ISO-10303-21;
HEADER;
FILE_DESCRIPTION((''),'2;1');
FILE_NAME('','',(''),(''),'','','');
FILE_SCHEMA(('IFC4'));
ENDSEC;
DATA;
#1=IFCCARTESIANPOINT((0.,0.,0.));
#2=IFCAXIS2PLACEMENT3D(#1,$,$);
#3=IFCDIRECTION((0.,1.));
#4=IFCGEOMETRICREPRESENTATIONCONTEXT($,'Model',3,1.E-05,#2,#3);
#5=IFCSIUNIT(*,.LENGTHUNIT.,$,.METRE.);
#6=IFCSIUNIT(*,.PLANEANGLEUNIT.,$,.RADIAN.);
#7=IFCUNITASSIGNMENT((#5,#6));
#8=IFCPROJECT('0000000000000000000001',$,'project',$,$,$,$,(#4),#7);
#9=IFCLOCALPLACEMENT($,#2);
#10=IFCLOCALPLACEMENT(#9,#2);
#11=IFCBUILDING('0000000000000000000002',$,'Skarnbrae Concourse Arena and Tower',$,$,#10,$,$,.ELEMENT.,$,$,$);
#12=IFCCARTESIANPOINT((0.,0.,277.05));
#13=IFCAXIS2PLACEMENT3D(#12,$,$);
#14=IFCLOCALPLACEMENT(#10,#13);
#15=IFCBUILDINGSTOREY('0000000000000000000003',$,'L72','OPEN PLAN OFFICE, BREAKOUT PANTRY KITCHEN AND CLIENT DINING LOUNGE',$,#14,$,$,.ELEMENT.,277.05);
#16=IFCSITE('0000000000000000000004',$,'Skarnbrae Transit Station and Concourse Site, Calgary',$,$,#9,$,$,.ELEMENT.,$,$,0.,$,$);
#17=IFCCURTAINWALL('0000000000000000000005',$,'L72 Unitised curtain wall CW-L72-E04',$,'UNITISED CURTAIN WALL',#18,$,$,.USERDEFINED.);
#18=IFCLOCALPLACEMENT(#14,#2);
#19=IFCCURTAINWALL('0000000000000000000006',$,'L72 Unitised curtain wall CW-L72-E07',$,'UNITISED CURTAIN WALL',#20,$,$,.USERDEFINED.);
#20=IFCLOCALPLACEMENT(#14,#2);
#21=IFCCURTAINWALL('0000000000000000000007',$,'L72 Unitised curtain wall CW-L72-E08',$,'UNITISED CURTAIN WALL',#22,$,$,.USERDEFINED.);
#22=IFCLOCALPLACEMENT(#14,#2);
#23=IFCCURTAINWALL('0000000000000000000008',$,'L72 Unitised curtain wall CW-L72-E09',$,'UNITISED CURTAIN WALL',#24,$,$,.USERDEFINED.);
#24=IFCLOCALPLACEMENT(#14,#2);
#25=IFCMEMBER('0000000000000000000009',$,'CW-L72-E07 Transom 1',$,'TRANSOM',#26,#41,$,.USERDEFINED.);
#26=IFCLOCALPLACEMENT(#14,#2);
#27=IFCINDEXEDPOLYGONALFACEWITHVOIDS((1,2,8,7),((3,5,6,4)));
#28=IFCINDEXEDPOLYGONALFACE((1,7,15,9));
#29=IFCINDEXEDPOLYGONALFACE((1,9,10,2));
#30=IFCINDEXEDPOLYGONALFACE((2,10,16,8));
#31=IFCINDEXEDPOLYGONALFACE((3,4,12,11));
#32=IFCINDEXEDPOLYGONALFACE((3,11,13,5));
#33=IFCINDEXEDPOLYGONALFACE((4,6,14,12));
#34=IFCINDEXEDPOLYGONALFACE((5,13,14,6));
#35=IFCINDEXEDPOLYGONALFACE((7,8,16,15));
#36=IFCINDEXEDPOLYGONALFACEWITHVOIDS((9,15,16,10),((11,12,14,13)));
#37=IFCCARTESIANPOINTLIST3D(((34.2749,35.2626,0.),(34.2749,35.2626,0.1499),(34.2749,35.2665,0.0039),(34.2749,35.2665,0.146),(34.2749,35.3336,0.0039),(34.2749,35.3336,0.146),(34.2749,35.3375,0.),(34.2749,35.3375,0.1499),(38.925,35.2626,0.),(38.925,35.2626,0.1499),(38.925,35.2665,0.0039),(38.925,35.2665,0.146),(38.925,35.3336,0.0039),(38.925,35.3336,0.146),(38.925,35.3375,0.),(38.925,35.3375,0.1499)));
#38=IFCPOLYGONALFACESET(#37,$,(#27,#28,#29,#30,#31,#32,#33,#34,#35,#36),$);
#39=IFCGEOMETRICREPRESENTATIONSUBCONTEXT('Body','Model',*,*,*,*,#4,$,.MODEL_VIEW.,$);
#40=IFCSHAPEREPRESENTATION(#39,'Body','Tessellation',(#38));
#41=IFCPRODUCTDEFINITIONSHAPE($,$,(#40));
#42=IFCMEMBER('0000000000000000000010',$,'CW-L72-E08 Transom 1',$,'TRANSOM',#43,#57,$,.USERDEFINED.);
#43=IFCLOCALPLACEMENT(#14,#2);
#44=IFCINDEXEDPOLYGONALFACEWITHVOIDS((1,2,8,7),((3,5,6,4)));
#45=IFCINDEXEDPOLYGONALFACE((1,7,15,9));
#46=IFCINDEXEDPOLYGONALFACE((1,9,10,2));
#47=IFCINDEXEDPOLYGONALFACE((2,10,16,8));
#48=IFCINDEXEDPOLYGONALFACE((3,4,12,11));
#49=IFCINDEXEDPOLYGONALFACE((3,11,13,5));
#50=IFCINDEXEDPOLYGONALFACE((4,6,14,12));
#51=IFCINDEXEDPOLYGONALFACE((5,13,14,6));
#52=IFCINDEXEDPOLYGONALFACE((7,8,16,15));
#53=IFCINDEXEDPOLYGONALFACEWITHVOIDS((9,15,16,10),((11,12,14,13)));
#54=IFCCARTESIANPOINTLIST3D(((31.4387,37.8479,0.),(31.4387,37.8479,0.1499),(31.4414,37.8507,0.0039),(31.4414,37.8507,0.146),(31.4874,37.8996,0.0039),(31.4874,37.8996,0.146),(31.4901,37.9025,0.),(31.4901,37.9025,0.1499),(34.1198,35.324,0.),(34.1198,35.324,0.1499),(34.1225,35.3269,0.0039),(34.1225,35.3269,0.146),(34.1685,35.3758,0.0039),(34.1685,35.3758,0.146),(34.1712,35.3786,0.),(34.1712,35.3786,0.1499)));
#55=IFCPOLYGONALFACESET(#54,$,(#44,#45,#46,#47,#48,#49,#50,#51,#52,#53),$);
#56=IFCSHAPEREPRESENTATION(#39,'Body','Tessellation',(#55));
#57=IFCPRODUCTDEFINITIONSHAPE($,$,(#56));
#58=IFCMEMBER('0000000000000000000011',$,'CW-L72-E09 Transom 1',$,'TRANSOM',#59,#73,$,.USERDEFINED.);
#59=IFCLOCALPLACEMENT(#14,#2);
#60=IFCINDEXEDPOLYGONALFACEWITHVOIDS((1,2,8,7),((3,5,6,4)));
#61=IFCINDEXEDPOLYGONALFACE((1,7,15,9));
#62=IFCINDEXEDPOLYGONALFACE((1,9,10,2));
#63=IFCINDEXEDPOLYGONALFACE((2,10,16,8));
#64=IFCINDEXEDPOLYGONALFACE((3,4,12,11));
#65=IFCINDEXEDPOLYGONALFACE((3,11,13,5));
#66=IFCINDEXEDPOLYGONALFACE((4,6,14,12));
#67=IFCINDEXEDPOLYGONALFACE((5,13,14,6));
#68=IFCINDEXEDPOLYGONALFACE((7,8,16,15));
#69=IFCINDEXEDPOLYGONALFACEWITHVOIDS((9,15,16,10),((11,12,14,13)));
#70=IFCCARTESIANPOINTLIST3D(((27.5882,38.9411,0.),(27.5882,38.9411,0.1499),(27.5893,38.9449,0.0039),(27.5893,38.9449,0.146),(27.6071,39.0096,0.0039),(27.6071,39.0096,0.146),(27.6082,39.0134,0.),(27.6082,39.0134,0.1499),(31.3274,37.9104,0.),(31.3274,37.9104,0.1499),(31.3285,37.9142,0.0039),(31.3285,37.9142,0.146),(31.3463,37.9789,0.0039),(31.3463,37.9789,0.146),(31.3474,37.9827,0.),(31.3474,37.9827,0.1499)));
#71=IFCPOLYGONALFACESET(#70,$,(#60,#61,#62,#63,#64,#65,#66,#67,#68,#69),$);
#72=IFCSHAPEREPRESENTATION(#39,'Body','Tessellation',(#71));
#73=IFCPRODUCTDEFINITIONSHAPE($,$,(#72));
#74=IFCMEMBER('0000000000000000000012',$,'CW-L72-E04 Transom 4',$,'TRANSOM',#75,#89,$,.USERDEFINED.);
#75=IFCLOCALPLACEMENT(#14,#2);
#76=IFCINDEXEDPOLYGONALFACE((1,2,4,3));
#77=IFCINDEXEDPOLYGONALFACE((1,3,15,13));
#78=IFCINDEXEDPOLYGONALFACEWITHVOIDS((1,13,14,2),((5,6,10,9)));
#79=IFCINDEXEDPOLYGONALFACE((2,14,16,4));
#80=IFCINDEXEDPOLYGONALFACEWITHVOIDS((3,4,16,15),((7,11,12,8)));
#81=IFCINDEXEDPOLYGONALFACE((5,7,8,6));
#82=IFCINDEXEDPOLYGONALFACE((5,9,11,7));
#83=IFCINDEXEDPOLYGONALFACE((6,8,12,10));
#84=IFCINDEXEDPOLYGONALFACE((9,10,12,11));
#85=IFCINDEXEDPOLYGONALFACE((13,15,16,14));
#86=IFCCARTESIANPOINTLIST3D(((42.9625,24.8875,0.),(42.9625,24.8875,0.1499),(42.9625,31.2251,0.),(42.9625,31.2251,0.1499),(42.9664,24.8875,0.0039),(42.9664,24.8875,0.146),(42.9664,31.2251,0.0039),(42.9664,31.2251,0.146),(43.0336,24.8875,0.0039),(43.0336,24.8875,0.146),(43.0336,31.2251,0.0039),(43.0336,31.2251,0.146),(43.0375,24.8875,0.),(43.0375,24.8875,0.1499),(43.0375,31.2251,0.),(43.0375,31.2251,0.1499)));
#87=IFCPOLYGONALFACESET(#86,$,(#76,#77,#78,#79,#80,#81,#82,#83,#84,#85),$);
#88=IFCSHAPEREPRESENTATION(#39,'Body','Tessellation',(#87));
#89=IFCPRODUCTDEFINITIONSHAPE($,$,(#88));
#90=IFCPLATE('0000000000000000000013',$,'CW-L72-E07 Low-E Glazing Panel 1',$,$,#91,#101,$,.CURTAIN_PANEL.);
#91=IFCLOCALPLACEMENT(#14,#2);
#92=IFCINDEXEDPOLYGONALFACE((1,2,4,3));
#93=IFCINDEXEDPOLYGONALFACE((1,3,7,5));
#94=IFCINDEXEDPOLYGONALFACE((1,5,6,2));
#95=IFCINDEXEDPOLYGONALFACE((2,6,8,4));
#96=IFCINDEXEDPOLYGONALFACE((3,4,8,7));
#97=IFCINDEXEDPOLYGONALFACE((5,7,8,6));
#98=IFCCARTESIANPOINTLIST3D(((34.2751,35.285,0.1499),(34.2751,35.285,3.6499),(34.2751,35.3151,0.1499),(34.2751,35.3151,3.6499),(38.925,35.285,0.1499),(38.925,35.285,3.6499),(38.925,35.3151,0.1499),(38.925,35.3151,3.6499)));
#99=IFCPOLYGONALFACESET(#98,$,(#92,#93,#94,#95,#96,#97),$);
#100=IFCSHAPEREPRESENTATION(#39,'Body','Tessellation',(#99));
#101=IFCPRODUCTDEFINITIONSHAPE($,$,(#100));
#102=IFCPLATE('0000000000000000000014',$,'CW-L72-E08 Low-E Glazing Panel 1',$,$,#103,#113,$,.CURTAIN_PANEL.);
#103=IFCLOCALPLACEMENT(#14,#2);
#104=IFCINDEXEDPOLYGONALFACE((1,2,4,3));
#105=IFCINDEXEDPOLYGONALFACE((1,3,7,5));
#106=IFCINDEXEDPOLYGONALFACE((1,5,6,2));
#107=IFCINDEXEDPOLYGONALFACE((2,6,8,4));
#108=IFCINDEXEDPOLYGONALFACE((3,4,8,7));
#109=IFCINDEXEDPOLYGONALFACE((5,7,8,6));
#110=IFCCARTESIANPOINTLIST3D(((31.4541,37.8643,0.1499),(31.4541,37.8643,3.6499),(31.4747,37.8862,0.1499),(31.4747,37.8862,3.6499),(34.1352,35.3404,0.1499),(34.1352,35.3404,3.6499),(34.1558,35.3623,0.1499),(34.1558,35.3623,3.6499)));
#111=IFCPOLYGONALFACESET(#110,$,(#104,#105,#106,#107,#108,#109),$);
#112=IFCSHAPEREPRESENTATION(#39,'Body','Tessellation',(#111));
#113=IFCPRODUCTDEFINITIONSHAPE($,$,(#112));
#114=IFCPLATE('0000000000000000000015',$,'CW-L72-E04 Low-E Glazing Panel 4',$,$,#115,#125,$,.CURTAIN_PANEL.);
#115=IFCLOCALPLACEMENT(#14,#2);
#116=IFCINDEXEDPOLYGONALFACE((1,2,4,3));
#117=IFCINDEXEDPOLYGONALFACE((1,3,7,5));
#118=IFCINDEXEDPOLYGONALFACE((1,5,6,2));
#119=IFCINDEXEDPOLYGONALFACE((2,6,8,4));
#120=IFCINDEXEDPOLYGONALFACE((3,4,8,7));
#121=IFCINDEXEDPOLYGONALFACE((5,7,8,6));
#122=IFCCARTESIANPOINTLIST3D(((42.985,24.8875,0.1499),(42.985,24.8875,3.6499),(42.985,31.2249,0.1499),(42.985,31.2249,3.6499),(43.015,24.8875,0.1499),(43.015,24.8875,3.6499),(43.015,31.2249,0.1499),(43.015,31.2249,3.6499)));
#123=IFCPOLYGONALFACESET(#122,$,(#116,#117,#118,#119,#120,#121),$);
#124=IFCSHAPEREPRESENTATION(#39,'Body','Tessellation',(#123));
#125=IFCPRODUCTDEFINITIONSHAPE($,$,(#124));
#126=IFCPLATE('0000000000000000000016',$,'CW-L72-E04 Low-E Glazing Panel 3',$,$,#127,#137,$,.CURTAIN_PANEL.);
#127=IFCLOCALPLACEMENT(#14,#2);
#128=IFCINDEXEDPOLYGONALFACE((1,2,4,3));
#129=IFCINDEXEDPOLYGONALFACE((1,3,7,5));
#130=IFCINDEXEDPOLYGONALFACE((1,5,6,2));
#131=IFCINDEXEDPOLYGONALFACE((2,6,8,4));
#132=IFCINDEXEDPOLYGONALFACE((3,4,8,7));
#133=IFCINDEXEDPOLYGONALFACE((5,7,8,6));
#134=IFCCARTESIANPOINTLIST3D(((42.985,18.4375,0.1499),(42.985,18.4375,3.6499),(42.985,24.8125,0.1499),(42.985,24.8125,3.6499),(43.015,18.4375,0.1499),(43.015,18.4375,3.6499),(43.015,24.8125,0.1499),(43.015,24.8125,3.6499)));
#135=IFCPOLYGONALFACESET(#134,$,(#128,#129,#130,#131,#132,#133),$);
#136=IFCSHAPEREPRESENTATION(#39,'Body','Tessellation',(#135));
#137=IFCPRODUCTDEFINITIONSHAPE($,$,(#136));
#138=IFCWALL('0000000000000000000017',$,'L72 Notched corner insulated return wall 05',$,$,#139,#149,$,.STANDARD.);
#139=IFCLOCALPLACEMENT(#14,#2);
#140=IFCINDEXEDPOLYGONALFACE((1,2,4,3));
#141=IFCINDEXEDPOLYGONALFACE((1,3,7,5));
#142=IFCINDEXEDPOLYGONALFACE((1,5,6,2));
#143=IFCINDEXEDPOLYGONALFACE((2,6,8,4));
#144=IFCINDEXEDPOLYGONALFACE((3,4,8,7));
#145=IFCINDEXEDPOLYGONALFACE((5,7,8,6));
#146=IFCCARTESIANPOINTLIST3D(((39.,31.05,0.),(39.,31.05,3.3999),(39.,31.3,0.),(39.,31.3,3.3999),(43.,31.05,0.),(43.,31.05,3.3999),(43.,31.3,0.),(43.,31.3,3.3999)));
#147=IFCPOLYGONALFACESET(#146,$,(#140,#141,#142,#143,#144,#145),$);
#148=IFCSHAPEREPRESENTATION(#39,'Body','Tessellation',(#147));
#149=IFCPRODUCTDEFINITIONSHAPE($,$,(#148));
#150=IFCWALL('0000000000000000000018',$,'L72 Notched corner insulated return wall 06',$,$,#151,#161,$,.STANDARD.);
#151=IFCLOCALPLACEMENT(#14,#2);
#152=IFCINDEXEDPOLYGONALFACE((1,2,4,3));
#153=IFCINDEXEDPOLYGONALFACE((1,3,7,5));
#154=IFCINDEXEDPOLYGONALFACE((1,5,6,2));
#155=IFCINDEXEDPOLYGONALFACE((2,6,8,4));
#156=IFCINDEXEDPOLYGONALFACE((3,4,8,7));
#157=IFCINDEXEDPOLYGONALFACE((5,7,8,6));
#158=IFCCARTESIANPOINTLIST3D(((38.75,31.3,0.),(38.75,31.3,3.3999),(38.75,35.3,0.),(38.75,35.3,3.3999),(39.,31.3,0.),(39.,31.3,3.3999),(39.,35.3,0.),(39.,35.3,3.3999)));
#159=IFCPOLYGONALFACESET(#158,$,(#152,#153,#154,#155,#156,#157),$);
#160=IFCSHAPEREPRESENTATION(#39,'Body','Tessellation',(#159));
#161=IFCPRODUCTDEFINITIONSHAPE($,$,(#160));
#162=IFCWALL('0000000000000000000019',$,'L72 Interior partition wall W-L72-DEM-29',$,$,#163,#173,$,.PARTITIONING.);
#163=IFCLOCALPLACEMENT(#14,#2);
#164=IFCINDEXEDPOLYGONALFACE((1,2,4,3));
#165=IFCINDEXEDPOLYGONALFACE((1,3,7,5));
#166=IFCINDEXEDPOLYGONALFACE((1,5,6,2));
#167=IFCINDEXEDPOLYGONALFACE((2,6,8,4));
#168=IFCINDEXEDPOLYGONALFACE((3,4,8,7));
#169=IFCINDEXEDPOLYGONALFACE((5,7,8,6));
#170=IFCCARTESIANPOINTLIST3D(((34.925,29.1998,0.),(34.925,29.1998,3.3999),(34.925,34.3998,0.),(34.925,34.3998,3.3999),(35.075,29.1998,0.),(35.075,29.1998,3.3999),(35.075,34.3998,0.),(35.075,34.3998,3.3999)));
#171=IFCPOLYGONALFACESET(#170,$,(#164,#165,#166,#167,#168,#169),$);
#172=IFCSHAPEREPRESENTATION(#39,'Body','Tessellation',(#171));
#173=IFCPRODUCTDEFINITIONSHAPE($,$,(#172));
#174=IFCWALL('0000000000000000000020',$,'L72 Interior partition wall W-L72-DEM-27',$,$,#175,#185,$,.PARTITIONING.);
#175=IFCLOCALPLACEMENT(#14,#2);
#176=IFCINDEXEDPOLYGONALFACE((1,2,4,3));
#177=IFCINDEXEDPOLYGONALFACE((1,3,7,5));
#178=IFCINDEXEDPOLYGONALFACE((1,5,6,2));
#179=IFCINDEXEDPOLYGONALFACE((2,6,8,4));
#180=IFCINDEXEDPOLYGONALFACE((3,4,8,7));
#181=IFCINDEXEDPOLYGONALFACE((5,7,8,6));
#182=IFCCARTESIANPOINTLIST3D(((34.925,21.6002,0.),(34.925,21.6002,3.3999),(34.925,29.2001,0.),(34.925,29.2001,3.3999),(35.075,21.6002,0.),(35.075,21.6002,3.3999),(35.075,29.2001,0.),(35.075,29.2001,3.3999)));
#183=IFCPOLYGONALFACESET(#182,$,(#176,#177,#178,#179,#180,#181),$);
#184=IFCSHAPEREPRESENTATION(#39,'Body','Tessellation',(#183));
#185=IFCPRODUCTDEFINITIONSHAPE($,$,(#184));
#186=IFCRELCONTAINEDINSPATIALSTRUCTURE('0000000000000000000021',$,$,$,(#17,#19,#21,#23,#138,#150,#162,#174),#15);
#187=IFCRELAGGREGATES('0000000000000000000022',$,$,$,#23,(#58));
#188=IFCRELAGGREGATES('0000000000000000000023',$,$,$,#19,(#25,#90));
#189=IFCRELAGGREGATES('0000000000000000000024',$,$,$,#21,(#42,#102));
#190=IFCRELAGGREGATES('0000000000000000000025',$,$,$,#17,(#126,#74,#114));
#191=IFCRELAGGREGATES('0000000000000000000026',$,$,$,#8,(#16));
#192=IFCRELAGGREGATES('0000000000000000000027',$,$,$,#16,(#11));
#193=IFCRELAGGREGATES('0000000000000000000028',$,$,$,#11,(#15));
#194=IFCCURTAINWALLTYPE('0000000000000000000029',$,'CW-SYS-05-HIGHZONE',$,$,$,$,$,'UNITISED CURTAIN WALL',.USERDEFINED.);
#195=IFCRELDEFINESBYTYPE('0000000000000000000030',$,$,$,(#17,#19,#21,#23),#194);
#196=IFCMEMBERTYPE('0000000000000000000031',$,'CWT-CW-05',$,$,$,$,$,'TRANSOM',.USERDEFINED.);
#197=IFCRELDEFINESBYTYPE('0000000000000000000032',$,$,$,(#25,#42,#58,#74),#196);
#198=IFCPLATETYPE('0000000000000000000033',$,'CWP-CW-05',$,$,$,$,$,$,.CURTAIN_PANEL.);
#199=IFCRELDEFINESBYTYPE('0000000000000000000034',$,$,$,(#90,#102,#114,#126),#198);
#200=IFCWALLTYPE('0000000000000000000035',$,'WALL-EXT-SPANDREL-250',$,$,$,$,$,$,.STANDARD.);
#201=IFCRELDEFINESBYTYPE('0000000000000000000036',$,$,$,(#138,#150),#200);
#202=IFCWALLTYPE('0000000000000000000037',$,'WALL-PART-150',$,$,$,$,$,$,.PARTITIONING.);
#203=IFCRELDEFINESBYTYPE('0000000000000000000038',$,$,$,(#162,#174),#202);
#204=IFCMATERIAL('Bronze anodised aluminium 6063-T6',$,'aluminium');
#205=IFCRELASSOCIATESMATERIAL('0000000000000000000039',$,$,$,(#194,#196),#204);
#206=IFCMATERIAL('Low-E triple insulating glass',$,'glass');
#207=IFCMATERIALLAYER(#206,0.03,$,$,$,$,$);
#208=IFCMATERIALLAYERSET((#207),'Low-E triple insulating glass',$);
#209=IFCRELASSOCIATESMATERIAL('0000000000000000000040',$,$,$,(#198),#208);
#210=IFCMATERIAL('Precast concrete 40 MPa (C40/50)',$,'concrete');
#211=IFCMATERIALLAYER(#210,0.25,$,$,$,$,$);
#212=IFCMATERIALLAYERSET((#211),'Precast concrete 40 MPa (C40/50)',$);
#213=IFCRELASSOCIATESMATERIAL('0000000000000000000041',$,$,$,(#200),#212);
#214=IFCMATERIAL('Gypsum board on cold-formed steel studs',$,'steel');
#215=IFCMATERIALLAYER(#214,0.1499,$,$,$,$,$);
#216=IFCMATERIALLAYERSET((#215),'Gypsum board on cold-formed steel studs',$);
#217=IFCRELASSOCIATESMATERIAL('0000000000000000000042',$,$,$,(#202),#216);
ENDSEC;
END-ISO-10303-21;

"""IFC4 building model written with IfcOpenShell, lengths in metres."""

from ifc_helpers import new_model, si_unit, direction, frame, frame_2d, origin, origin_2d, place, context, subcontext, project, spatial, rectangle, hollow_rectangle, extrude, source, transform, mapped, material, layer, layer_set, material_profile, profile_set, type_object, element, aggregate, save


model = new_model("IFC4")

# Units and contexts
model_context = context("Model", 3, precision=1e-05, world=origin(), true_north=direction((0.0, 1.0)))
body_context = subcontext(model_context, "Body", "Model", "MODEL_VIEW")
ifc_project = project(units=[si_unit("LENGTHUNIT", "METRE"), si_unit("PLANEANGLEUNIT", "RADIAN")], contexts=[model_context])

# Site, building, storey
site_placement = place(None, origin())
site = spatial("IfcSite", under=ifc_project, at=site_placement, Name="Skarnbrae Transit Station and Concourse Site, Calgary", CompositionType="ELEMENT", RefElevation=0.0)
building_placement = place(site_placement, origin())
building = spatial("IfcBuilding", under=site, at=building_placement, Name="Skarnbrae Concourse Arena and Tower", CompositionType="ELEMENT")
storey_placement = place(building_placement, frame((0.0, 0.0, 277.05)))
storey = spatial("IfcBuildingStorey", under=building, at=storey_placement, Name="L72", Description="OPEN PLAN OFFICE, BREAKOUT PANTRY KITCHEN AND CLIENT DINING LOUNGE", CompositionType="ELEMENT", Elevation=277.05)

# Curtain walls
ifc_material_1 = material(Name="Bronze anodised aluminium 6063-T6", Category="aluminium")
curtain_wall_type = type_object("IfcCurtainWallType", Name="CW-SYS-05-HIGHZONE", ElementType="UNITISED CURTAIN WALL", PredefinedType="USERDEFINED", material=ifc_material_1)
curtain_wall_1_placement = place(storey_placement, origin())
curtain_wall_1 = element("IfcCurtainWall", 1, at=curtain_wall_1_placement, inside=storey, type_object=curtain_wall_type, Name="L72 Unitised curtain wall CW-L72-E04", ObjectType="UNITISED CURTAIN WALL", PredefinedType="USERDEFINED")
curtain_wall_2_placement = place(storey_placement, origin())
curtain_wall_2 = element("IfcCurtainWall", 2, at=curtain_wall_2_placement, inside=storey, type_object=curtain_wall_type, Name="L72 Unitised curtain wall CW-L72-E07", ObjectType="UNITISED CURTAIN WALL", PredefinedType="USERDEFINED")
curtain_wall_3_placement = place(storey_placement, origin())
curtain_wall_3 = element("IfcCurtainWall", 3, at=curtain_wall_3_placement, inside=storey, type_object=curtain_wall_type, Name="L72 Unitised curtain wall CW-L72-E08", ObjectType="UNITISED CURTAIN WALL", PredefinedType="USERDEFINED")

# Curtain wall
curtain_wall_4_placement = place(storey_placement, origin())
curtain_wall_4 = element("IfcCurtainWall", 4, at=curtain_wall_4_placement, inside=storey, type_object=curtain_wall_type, Name="L72 Unitised curtain wall CW-L72-E09", ObjectType="UNITISED CURTAIN WALL", PredefinedType="USERDEFINED")

# Members
ifc_material_profile_1 = material_profile(ifc_material_1, hollow_rectangle(XDim=0.075, YDim=0.1499, WallThickness=0.0039, at=origin_2d()), Name="ALU-TRAN-75X150")
ifc_profile_set_1 = profile_set([ifc_material_profile_1], Name="Bronze anodised aluminium 6063-T6")
member_type_1 = type_object("IfcMemberType", Name="CWT-CW-05", ElementType="TRANSOM", PredefinedType="USERDEFINED", material=ifc_profile_set_1)
shared_shape_1 = source(origin(), body_context, "Body", "SweptSolid", [
    extrude(hollow_rectangle(XDim=0.075, YDim=0.1499, WallThickness=0.0039, at=origin_2d()), origin(), (0.0, 0.0, 1.0), 4.6501),
])
member_1_placement = place(storey_placement, frame((38.925, 35.3, 0.075), z_axis=(-1.0, 0.0, 0.0), x_axis=(0.0, -1.0, 0.0)))
member_1 = element("IfcMember", 5, at=member_1_placement, type_object=member_type_1, Name="CW-L72-E07 Transom 1", ObjectType="TRANSOM", PredefinedType="USERDEFINED", context=body_context, shape_type="MappedRepresentation", body=[
    mapped(shared_shape_1, transform((0.0, 0.0, 0.0))),
])
shared_shape_2 = source(origin(), body_context, "Body", "SweptSolid", [
    extrude(hollow_rectangle(XDim=0.075, YDim=0.1499, WallThickness=0.0039, at=origin_2d()), origin(), (0.0, 0.0, 1.0), 3.6821),
])
member_2_placement = place(storey_placement, frame((34.1455, 35.3513, 0.075), z_axis=(-0.728134, 0.685435, 0.0), x_axis=(-0.685435, -0.728134, 0.0)))
member_2 = element("IfcMember", 6, at=member_2_placement, type_object=member_type_1, Name="CW-L72-E08 Transom 1", ObjectType="TRANSOM", PredefinedType="USERDEFINED", context=body_context, shape_type="MappedRepresentation", body=[
    mapped(shared_shape_2, transform((0.0, 0.0, 0.0))),
])
shared_shape_3 = source(origin(), body_context, "Body", "SweptSolid", [
    extrude(hollow_rectangle(XDim=0.075, YDim=0.1499, WallThickness=0.0039, at=origin_2d()), origin(), (0.0, 0.0, 1.0), 3.8787),
])
member_3_placement = place(storey_placement, frame((31.3374, 37.9465, 0.075), z_axis=(-0.964043, 0.265747, 0.0), x_axis=(-0.265747, -0.964043, 0.0)))
member_3 = element("IfcMember", 7, at=member_3_placement, type_object=member_type_1, Name="CW-L72-E09 Transom 1", ObjectType="TRANSOM", PredefinedType="USERDEFINED", context=body_context, shape_type="MappedRepresentation", body=[
    mapped(shared_shape_3, transform((0.0, 0.0, 0.0))),
])
aggregate(curtain_wall_4, [member_3])
shared_shape_4 = source(origin(), body_context, "Body", "SweptSolid", [
    extrude(hollow_rectangle(XDim=0.075, YDim=0.1499, WallThickness=0.0039, at=origin_2d()), origin(), (0.0, 0.0, 1.0), 6.3376),
])
member_4_placement = place(storey_placement, frame((43.0, 24.8875, 0.075), z_axis=(0.0, 1.0, 0.0), x_axis=(-1.0, 0.0, 0.0)))
member_4 = element("IfcMember", 8, at=member_4_placement, type_object=member_type_1, Name="CW-L72-E04 Transom 4", ObjectType="TRANSOM", PredefinedType="USERDEFINED", context=body_context, shape_type="MappedRepresentation", body=[
    mapped(shared_shape_4, transform((0.0, 0.0, 0.0))),
])

# Plates
ifc_material_2 = material(Name="Low-E triple insulating glass", Category="glass")
ifc_layer_1 = layer(ifc_material_2, 0.03)
ifc_layer_set_1 = layer_set([ifc_layer_1], Name="Low-E triple insulating glass")
plate_type = type_object("IfcPlateType", Name="CWP-CW-05", PredefinedType="CURTAIN_PANEL", material=ifc_layer_set_1)
shared_shape_5 = source(origin(), body_context, "Body", "SweptSolid", [
    extrude(rectangle(XDim=4.6499, YDim=0.03, at=origin_2d()), origin(), (0.0, 0.0, 1.0), 3.5),
])
plate_1_placement = place(storey_placement, frame((36.6001, 35.3, 0.1499), z_axis=(0.0, 0.0, 1.0), x_axis=(-1.0, 0.0, 0.0)))
plate_1 = element("IfcPlate", 9, at=plate_1_placement, type_object=plate_type, Name="CW-L72-E07 Low-E Glazing Panel 1", PredefinedType="CURTAIN_PANEL", context=body_context, shape_type="MappedRepresentation", body=[
    mapped(shared_shape_5, transform((0.0, 0.0, 0.0))),
])
aggregate(curtain_wall_2, [member_1, plate_1])
shared_shape_6 = source(origin(), body_context, "Body", "SweptSolid", [
    extrude(rectangle(XDim=3.6821, YDim=0.03, at=origin_2d()), origin(), (0.0, 0.0, 1.0), 3.5),
])
plate_2_placement = place(storey_placement, frame((32.8049, 36.6133, 0.1499), z_axis=(0.0, 0.0, 1.0), x_axis=(-0.728131, 0.685438, 0.0)))
plate_2 = element("IfcPlate", 10, at=plate_2_placement, type_object=plate_type, Name="CW-L72-E08 Low-E Glazing Panel 1", PredefinedType="CURTAIN_PANEL", context=body_context, shape_type="MappedRepresentation", body=[
    mapped(shared_shape_6, transform((0.0, 0.0, 0.0))),
])
aggregate(curtain_wall_3, [member_2, plate_2])
shared_shape_7 = source(origin(), body_context, "Body", "SweptSolid", [
    extrude(rectangle(XDim=6.3374, YDim=0.03, at=origin_2d()), origin(), (0.0, 0.0, 1.0), 3.5),
])
plate_3_placement = place(storey_placement, frame((43.0, 28.0562, 0.1499), z_axis=(0.0, 0.0, 1.0), x_axis=(0.0, 1.0, 0.0)))
plate_3 = element("IfcPlate", 11, at=plate_3_placement, type_object=plate_type, Name="CW-L72-E04 Low-E Glazing Panel 4", PredefinedType="CURTAIN_PANEL", context=body_context, shape_type="MappedRepresentation", body=[
    mapped(shared_shape_7, transform((0.0, 0.0, 0.0))),
])
shared_shape_8 = source(origin(), body_context, "Body", "SweptSolid", [
    extrude(rectangle(XDim=6.375, YDim=0.03, at=origin_2d()), origin(), (0.0, 0.0, 1.0), 3.5),
])
plate_4_placement = place(storey_placement, frame((43.0, 21.625, 0.1499), z_axis=(0.0, 0.0, 1.0), x_axis=(0.0, 1.0, 0.0)))
plate_4 = element("IfcPlate", 12, at=plate_4_placement, type_object=plate_type, Name="CW-L72-E04 Low-E Glazing Panel 3", PredefinedType="CURTAIN_PANEL", context=body_context, shape_type="MappedRepresentation", body=[
    mapped(shared_shape_8, transform((0.0, 0.0, 0.0))),
])
aggregate(curtain_wall_1, [plate_4, member_4, plate_3])

# Walls
ifc_material_3 = material(Name="Precast concrete 40 MPa (C40/50)", Category="concrete")
ifc_layer_2 = layer(ifc_material_3, 0.25)
ifc_layer_set_2 = layer_set([ifc_layer_2], Name="Precast concrete 40 MPa (C40/50)")
wall_type_1 = type_object("IfcWallType", Name="WALL-EXT-SPANDREL-250", PredefinedType="STANDARD", material=ifc_layer_set_2)
shared_shape_9 = source(origin(), body_context, "Body", "SweptSolid", [
    extrude(rectangle(XDim=4.0, YDim=0.25, at=frame_2d((2.0, 0.0))), origin(), (0.0, 0.0, 1.0), 3.3999),
])
for number, where, z_axis, x_axis, name in (
    (13, (43.0, 31.175, 0.0), (0.0, 0.0, 1.0), (-1.0, 0.0, 0.0), "L72 Notched corner insulated return wall 05"),
    (14, (38.875, 31.3, 0.0), (0.0, 0.0, 1.0), (0.0, 1.0, 0.0), "L72 Notched corner insulated return wall 06"),
):
    element("IfcWall", number, at=place(storey_placement, frame(where, z_axis=z_axis, x_axis=x_axis)), inside=storey, type_object=wall_type_1, Name=name, PredefinedType="STANDARD", context=body_context, shape_type="MappedRepresentation", body=[
        mapped(shared_shape_9, transform((0.0, 0.0, 0.0))),
    ])
ifc_material_4 = material(Name="Gypsum board on cold-formed steel studs", Category="steel")
ifc_layer_3 = layer(ifc_material_4, 0.1499)
ifc_layer_set_3 = layer_set([ifc_layer_3], Name="Gypsum board on cold-formed steel studs")
wall_type_2 = type_object("IfcWallType", Name="WALL-PART-150", PredefinedType="PARTITIONING", material=ifc_layer_set_3)
shared_shape_10 = source(origin(), body_context, "Body", "SweptSolid", [
    extrude(rectangle(XDim=5.2, YDim=0.1499, at=frame_2d((2.6001, 0.0))), origin(), (0.0, 0.0, 1.0), 3.3999),
])
wall_1_placement = place(storey_placement, frame((35.0, 34.3999, 0.0), z_axis=(0.0, 0.0, 1.0), x_axis=(0.0, -1.0, 0.0)))
element("IfcWall", 15, at=wall_1_placement, inside=storey, type_object=wall_type_2, Name="L72 Interior partition wall W-L72-DEM-29", PredefinedType="PARTITIONING", context=body_context, shape_type="MappedRepresentation", body=[
    mapped(shared_shape_10, transform((0.0, 0.0, 0.0))),
])
shared_shape_11 = source(origin(), body_context, "Body", "SweptSolid", [
    extrude(rectangle(XDim=7.5999, YDim=0.1499, at=frame_2d((3.7998, 0.0))), origin(), (0.0, 0.0, 1.0), 3.3999),
])
wall_2_placement = place(storey_placement, frame((35.0, 29.2, 0.0), z_axis=(0.0, 0.0, 1.0), x_axis=(0.0, -1.0, 0.0)))
element("IfcWall", 16, at=wall_2_placement, inside=storey, type_object=wall_type_2, Name="L72 Interior partition wall W-L72-DEM-27", PredefinedType="PARTITIONING", context=body_context, shape_type="MappedRepresentation", body=[
    mapped(shared_shape_11, transform((0.0, 0.0, 0.0))),
])

save(model, "model.ifc")
